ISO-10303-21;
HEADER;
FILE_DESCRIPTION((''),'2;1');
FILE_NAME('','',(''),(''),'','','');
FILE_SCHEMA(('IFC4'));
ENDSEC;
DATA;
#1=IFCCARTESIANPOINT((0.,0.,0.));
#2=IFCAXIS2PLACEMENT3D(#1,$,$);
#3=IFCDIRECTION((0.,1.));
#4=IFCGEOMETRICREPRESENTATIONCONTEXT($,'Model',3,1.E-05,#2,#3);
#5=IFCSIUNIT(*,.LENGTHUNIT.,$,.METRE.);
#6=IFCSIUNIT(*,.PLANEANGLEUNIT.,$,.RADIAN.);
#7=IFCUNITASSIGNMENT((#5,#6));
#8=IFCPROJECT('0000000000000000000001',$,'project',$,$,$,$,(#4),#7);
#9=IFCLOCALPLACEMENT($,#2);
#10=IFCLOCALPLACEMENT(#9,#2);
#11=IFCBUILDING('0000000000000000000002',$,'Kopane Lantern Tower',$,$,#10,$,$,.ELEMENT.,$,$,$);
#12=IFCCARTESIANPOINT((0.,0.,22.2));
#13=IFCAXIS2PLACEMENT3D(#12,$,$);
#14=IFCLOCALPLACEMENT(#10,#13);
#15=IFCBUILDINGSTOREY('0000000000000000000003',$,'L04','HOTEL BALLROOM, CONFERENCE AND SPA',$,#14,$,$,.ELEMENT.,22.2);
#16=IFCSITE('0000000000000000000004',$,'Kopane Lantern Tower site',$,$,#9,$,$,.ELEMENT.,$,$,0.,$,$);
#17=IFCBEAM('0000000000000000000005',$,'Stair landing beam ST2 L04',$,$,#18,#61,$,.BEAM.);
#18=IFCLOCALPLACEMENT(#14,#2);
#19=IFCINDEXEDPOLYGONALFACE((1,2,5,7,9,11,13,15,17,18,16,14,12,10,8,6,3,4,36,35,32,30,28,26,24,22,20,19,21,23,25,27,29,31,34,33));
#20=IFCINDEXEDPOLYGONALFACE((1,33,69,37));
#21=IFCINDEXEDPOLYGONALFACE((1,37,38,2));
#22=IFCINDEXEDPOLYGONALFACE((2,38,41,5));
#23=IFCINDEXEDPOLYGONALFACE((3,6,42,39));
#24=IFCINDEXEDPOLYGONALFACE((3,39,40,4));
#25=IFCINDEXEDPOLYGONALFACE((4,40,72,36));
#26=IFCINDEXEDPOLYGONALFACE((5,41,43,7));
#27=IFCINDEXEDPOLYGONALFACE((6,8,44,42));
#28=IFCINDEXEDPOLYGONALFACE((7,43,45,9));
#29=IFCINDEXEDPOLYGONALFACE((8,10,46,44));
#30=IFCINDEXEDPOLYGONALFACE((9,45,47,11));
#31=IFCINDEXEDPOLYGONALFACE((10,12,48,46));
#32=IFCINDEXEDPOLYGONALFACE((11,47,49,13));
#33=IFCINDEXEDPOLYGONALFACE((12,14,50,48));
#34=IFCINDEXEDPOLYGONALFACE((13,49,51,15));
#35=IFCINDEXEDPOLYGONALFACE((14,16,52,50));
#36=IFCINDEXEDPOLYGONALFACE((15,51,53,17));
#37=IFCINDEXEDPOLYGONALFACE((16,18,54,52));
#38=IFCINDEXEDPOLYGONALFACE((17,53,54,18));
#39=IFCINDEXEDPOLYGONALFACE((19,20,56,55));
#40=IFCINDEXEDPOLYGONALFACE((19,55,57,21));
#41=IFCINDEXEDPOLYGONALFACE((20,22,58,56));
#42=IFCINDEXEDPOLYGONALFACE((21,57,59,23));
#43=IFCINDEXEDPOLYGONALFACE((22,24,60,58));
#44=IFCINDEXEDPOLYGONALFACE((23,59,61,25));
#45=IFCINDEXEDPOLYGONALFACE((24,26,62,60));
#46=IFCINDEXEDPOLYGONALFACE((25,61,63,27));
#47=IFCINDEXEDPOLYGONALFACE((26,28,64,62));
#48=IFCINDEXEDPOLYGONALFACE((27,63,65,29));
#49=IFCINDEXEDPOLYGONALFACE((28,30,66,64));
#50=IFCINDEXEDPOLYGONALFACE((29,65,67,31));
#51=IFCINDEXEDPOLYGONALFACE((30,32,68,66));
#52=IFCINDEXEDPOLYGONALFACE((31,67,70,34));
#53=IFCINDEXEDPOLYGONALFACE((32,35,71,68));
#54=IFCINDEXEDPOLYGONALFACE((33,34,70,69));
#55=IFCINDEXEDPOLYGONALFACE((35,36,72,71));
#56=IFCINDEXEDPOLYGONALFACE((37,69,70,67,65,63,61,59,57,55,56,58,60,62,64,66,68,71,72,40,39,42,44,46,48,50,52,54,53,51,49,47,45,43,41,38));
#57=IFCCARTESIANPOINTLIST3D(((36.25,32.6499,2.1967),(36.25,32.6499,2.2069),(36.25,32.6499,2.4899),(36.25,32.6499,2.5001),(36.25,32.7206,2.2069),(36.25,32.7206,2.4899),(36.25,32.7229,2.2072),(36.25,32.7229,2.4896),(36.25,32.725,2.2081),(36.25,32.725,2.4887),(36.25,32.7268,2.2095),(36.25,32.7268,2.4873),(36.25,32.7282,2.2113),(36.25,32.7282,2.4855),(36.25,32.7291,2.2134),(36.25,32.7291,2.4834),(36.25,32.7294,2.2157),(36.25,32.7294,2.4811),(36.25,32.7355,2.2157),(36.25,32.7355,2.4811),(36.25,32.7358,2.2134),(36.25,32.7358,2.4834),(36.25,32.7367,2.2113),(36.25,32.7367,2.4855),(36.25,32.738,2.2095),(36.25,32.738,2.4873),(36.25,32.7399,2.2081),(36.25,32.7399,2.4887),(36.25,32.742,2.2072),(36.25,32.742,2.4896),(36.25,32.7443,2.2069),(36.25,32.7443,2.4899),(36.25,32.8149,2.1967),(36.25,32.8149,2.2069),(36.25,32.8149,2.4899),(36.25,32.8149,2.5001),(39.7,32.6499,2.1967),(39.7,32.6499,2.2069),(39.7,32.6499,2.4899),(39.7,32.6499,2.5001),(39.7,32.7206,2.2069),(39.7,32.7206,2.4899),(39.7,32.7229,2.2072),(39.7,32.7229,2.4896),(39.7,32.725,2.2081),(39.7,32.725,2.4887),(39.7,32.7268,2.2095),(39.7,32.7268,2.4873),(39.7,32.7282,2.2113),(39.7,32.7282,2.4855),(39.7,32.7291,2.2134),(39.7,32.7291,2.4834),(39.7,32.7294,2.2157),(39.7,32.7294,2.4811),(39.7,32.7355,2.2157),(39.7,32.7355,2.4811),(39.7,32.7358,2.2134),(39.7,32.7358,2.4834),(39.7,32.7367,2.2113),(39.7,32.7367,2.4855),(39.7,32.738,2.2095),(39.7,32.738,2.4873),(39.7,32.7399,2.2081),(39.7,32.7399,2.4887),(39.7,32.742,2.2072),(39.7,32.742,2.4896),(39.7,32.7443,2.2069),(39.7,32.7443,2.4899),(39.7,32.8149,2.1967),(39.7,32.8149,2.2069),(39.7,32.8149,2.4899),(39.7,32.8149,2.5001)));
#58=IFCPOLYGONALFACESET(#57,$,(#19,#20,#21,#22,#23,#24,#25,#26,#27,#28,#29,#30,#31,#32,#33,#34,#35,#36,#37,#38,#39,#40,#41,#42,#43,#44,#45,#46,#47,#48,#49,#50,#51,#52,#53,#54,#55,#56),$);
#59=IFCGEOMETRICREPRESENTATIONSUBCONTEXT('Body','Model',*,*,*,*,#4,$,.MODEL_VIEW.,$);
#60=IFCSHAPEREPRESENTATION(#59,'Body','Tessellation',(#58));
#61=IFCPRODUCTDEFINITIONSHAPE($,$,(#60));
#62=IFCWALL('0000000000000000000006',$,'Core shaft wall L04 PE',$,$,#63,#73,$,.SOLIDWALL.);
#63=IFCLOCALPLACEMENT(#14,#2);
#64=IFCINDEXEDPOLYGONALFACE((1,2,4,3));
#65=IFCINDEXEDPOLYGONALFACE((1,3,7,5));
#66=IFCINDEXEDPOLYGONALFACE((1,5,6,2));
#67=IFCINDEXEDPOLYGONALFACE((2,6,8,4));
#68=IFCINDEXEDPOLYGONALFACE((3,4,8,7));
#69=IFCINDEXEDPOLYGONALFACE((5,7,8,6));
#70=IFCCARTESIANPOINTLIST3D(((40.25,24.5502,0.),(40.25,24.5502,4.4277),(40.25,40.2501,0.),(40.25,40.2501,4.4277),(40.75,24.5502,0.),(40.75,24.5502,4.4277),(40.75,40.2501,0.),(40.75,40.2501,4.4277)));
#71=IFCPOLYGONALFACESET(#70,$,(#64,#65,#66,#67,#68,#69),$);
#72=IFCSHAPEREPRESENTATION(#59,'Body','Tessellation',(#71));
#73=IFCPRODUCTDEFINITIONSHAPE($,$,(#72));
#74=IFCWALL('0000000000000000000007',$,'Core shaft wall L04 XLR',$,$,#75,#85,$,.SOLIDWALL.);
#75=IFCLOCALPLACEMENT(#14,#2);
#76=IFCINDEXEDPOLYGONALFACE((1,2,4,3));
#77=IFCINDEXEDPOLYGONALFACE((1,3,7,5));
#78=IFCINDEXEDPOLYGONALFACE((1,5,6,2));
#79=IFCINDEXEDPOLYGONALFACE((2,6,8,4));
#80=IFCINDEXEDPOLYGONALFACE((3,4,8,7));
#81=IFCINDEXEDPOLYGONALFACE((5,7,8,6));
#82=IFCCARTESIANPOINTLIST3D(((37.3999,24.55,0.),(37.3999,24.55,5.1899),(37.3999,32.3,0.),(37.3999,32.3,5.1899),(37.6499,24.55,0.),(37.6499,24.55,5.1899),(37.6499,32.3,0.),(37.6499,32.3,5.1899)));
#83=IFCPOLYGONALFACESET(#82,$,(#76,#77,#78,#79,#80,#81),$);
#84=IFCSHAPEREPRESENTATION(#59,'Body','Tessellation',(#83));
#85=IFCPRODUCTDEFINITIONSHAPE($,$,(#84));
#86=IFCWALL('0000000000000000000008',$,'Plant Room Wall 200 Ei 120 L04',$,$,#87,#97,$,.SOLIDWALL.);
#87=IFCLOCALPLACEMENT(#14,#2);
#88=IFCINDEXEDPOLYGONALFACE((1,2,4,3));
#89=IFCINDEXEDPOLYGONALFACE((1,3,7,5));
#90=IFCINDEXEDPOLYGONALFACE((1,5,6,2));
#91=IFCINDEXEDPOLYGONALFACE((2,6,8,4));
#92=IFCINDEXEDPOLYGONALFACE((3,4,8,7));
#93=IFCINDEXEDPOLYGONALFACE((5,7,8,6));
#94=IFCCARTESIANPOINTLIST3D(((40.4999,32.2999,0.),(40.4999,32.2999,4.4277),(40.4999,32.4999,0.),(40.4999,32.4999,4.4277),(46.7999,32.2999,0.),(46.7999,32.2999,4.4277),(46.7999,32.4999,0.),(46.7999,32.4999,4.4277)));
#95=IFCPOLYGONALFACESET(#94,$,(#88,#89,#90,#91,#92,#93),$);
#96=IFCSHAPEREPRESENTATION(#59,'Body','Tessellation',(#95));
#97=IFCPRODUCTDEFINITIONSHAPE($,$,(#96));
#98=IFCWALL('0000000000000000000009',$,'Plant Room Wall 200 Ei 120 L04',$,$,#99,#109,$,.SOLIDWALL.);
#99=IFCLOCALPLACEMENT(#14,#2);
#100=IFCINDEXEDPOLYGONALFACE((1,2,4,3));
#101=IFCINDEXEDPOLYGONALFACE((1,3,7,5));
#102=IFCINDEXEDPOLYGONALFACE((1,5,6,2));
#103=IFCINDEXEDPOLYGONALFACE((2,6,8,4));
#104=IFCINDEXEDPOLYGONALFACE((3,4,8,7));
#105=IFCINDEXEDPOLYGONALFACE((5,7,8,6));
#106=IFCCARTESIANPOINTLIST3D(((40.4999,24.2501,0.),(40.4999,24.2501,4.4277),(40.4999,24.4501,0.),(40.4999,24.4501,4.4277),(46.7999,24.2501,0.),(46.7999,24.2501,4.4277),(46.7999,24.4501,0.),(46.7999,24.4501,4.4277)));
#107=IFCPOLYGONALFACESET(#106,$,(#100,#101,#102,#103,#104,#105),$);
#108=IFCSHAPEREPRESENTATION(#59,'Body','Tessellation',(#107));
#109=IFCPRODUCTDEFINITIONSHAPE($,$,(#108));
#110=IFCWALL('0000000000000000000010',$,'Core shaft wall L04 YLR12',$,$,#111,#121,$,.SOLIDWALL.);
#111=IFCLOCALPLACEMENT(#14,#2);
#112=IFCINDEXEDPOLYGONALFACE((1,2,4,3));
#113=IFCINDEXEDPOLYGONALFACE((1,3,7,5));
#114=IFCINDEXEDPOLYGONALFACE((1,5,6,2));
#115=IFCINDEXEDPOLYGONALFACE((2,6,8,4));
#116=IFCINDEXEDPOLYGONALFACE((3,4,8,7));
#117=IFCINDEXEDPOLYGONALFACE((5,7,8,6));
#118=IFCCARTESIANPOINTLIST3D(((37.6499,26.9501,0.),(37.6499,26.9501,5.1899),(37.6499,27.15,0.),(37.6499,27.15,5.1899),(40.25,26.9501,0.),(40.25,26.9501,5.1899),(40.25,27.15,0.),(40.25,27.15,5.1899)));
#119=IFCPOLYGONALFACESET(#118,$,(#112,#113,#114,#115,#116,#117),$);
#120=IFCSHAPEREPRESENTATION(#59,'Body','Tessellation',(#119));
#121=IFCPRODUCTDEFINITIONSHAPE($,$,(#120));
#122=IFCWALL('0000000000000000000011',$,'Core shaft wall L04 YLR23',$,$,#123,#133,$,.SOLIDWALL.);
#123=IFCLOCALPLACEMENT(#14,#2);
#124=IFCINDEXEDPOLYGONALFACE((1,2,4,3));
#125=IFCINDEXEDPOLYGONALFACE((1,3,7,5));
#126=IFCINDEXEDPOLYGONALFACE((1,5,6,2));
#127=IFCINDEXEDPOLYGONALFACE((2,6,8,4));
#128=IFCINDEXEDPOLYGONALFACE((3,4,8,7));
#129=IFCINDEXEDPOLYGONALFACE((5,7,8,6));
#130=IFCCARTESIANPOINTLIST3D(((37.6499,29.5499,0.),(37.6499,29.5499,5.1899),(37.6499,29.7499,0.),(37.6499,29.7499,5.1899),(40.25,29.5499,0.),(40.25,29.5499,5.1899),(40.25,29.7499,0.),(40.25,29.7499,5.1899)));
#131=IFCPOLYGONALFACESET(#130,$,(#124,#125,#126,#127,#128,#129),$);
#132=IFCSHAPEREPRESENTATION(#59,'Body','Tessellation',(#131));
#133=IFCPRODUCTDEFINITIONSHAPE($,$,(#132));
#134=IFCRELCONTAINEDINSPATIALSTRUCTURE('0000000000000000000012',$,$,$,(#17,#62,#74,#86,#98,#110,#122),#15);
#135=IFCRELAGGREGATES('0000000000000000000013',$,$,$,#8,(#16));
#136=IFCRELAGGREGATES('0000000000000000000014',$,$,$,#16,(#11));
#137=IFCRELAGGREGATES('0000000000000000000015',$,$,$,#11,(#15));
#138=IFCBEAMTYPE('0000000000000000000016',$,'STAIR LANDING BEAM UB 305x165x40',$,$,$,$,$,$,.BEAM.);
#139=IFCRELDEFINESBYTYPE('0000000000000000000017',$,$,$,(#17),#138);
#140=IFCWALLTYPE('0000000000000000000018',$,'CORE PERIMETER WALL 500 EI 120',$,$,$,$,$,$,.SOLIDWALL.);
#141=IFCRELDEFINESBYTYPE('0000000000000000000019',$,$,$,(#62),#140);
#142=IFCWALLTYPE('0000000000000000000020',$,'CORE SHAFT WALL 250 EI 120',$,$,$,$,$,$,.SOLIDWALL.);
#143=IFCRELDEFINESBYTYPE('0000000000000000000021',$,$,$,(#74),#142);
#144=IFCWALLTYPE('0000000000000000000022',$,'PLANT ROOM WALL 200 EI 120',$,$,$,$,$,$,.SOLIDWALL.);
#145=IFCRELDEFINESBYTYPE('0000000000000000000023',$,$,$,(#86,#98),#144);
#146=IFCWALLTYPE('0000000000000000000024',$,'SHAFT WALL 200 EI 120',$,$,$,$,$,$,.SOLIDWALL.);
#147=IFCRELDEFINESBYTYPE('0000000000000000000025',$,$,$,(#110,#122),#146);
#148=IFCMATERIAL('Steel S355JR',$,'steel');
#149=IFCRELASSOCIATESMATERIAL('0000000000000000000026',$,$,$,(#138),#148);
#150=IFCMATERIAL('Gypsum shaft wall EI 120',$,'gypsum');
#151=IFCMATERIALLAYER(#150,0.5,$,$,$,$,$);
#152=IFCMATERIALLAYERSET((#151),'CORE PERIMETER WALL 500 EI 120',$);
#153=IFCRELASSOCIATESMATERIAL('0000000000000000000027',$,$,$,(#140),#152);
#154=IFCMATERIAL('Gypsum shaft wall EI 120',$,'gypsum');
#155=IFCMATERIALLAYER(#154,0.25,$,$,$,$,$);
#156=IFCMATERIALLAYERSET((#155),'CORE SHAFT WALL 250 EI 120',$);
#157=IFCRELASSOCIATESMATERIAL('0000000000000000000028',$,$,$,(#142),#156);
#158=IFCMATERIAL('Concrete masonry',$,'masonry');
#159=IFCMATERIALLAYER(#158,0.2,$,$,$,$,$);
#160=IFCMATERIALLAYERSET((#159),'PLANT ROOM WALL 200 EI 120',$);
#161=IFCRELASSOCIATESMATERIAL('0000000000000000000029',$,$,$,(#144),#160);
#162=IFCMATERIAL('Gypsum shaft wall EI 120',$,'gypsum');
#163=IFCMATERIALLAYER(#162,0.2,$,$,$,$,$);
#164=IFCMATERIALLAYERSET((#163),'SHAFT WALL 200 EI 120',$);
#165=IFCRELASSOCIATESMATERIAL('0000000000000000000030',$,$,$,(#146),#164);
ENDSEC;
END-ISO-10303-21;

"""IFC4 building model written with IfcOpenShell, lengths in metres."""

from ifc_helpers import new_model, si_unit, direction, frame, frame_2d, origin, origin_2d, place, context, subcontext, project, spatial, rectangle, i_section, extrude, material, layer, layer_set, material_profile, profile_set, type_object, element, save


model = new_model("IFC4")

# Units and contexts
model_context = context("Model", 3, precision=1e-05, world=origin(), true_north=direction((0.0, 1.0)))
body_context = subcontext(model_context, "Body", "Model", "MODEL_VIEW")
ifc_project = project(units=[si_unit("LENGTHUNIT", "METRE"), si_unit("PLANEANGLEUNIT", "RADIAN")], contexts=[model_context])

# Site, building, storey
site_placement = place(None, origin())
site = spatial("IfcSite", under=ifc_project, at=site_placement, Name="Kopane Lantern Tower site", CompositionType="ELEMENT", RefElevation=0.0)
building_placement = place(site_placement, origin())
building = spatial("IfcBuilding", under=site, at=building_placement, Name="Kopane Lantern Tower", CompositionType="ELEMENT")
storey_placement = place(building_placement, frame((0.0, 0.0, 22.2)))
storey = spatial("IfcBuildingStorey", under=building, at=storey_placement, Name="L04", Description="HOTEL BALLROOM, CONFERENCE AND SPA", CompositionType="ELEMENT", Elevation=22.2)

# Beam
ifc_material_1 = material(Name="Steel S355JR", Category="steel")
ifc_material_profile_1 = material_profile(ifc_material_1, i_section(OverallWidth=0.165, OverallDepth=0.3035, WebThickness=0.0061, FlangeThickness=0.0103, FilletRadius=0.0088, at=origin_2d()), Name="UB 305x165x40")
ifc_profile_set_1 = profile_set([ifc_material_profile_1], Name="Steel S355JR")
beam_type_1 = type_object("IfcBeamType", Name="STAIR LANDING BEAM UB 305x165x40", PredefinedType="BEAM", material=ifc_profile_set_1)
beam_placement = place(storey_placement, frame((39.7, 32.7324, 2.3484), z_axis=(-1.0, 0.0, 0.0), x_axis=(0.0, -1.0, 0.0)))
element("IfcBeam", 1, at=beam_placement, inside=storey, type_object=beam_type_1, Name="Stair landing beam ST2 L04", PredefinedType="BEAM", context=body_context, shape_type="SweptSolid", body=[
    extrude(i_section(OverallWidth=0.165, OverallDepth=0.3035, WebThickness=0.0061, FlangeThickness=0.0103, FilletRadius=0.0088, at=origin_2d()), origin(), (0.0, 0.0, 1.0), 3.45),
])

# Walls
ifc_material_2 = material(Name="Gypsum shaft wall EI 120", Category="gypsum")
ifc_layer_1 = layer(ifc_material_2, 0.5)
ifc_layer_set_1 = layer_set([ifc_layer_1], Name="CORE PERIMETER WALL 500 EI 120")
wall_type_1 = type_object("IfcWallType", Name="CORE PERIMETER WALL 500 EI 120", PredefinedType="SOLIDWALL", material=ifc_layer_set_1)
wall_1_placement = place(storey_placement, frame((40.5, 24.55, 0.0), z_axis=(0.0, 0.0, 1.0), x_axis=(0.0, 1.0, 0.0)))
element("IfcWall", 2, at=wall_1_placement, inside=storey, type_object=wall_type_1, Name="Core shaft wall L04 PE", PredefinedType="SOLIDWALL", context=body_context, shape_type="SweptSolid", body=[
    extrude(rectangle(XDim=15.7, YDim=0.5, at=frame_2d((7.8501, 0.0))), origin(), (0.0, 0.0, 1.0), 4.4277),
])
ifc_material_3 = material(Name="Gypsum shaft wall EI 120", Category="gypsum")
ifc_layer_2 = layer(ifc_material_3, 0.25)
ifc_layer_set_2 = layer_set([ifc_layer_2], Name="CORE SHAFT WALL 250 EI 120")
wall_type_2 = type_object("IfcWallType", Name="CORE SHAFT WALL 250 EI 120", PredefinedType="SOLIDWALL", material=ifc_layer_set_2)
wall_2_placement = place(storey_placement, frame((37.5249, 24.55, 0.0), z_axis=(0.0, 0.0, 1.0), x_axis=(0.0, 1.0, 0.0)))
element("IfcWall", 3, at=wall_2_placement, inside=storey, type_object=wall_type_2, Name="Core shaft wall L04 XLR", PredefinedType="SOLIDWALL", context=body_context, shape_type="SweptSolid", body=[
    extrude(rectangle(XDim=7.75, YDim=0.25, at=frame_2d((3.875, 0.0))), origin(), (0.0, 0.0, 1.0), 5.1899),
])
ifc_material_4 = material(Name="Concrete masonry", Category="masonry")
ifc_layer_3 = layer(ifc_material_4, 0.2)
ifc_layer_set_3 = layer_set([ifc_layer_3], Name="PLANT ROOM WALL 200 EI 120")
wall_type_3 = type_object("IfcWallType", Name="PLANT ROOM WALL 200 EI 120", PredefinedType="SOLIDWALL", material=ifc_layer_set_3)
for number, where, z_axis, x_axis, name in (
    (4, (40.5, 32.3999, 0.0), (0.0, 0.0, 1.0), (1.0, 0.0, 0.0), "Plant Room Wall 200 Ei 120 L04"),
    (5, (40.5, 24.3501, 0.0), (0.0, 0.0, 1.0), (1.0, 0.0, 0.0), "Plant Room Wall 200 Ei 120 L04"),
):
    element("IfcWall", number, at=place(storey_placement, frame(where, z_axis=z_axis, x_axis=x_axis)), inside=storey, type_object=wall_type_3, Name=name, PredefinedType="SOLIDWALL", context=body_context, shape_type="SweptSolid", body=[
        extrude(rectangle(XDim=6.3, YDim=0.2, at=frame_2d((3.1499, 0.0))), origin(), (0.0, 0.0, 1.0), 4.4277),
    ])
ifc_material_5 = material(Name="Gypsum shaft wall EI 120", Category="gypsum")
ifc_layer_4 = layer(ifc_material_5, 0.2)
ifc_layer_set_4 = layer_set([ifc_layer_4], Name="SHAFT WALL 200 EI 120")
wall_type_4 = type_object("IfcWallType", Name="SHAFT WALL 200 EI 120", PredefinedType="SOLIDWALL", material=ifc_layer_set_4)
for number, where, z_axis, x_axis, name in (
    (6, (37.6499, 27.05, 0.0), (0.0, 0.0, 1.0), (1.0, 0.0, 0.0), "Core shaft wall L04 YLR12"),
    (7, (37.6499, 29.6499, 0.0), (0.0, 0.0, 1.0), (1.0, 0.0, 0.0), "Core shaft wall L04 YLR23"),
):
    element("IfcWall", number, at=place(storey_placement, frame(where, z_axis=z_axis, x_axis=x_axis)), inside=storey, type_object=wall_type_4, Name=name, PredefinedType="SOLIDWALL", context=body_context, shape_type="SweptSolid", body=[
        extrude(rectangle(XDim=2.6001, YDim=0.2, at=frame_2d((1.3, 0.0))), origin(), (0.0, 0.0, 1.0), 5.1899),
    ])

save(model, "model.ifc")
